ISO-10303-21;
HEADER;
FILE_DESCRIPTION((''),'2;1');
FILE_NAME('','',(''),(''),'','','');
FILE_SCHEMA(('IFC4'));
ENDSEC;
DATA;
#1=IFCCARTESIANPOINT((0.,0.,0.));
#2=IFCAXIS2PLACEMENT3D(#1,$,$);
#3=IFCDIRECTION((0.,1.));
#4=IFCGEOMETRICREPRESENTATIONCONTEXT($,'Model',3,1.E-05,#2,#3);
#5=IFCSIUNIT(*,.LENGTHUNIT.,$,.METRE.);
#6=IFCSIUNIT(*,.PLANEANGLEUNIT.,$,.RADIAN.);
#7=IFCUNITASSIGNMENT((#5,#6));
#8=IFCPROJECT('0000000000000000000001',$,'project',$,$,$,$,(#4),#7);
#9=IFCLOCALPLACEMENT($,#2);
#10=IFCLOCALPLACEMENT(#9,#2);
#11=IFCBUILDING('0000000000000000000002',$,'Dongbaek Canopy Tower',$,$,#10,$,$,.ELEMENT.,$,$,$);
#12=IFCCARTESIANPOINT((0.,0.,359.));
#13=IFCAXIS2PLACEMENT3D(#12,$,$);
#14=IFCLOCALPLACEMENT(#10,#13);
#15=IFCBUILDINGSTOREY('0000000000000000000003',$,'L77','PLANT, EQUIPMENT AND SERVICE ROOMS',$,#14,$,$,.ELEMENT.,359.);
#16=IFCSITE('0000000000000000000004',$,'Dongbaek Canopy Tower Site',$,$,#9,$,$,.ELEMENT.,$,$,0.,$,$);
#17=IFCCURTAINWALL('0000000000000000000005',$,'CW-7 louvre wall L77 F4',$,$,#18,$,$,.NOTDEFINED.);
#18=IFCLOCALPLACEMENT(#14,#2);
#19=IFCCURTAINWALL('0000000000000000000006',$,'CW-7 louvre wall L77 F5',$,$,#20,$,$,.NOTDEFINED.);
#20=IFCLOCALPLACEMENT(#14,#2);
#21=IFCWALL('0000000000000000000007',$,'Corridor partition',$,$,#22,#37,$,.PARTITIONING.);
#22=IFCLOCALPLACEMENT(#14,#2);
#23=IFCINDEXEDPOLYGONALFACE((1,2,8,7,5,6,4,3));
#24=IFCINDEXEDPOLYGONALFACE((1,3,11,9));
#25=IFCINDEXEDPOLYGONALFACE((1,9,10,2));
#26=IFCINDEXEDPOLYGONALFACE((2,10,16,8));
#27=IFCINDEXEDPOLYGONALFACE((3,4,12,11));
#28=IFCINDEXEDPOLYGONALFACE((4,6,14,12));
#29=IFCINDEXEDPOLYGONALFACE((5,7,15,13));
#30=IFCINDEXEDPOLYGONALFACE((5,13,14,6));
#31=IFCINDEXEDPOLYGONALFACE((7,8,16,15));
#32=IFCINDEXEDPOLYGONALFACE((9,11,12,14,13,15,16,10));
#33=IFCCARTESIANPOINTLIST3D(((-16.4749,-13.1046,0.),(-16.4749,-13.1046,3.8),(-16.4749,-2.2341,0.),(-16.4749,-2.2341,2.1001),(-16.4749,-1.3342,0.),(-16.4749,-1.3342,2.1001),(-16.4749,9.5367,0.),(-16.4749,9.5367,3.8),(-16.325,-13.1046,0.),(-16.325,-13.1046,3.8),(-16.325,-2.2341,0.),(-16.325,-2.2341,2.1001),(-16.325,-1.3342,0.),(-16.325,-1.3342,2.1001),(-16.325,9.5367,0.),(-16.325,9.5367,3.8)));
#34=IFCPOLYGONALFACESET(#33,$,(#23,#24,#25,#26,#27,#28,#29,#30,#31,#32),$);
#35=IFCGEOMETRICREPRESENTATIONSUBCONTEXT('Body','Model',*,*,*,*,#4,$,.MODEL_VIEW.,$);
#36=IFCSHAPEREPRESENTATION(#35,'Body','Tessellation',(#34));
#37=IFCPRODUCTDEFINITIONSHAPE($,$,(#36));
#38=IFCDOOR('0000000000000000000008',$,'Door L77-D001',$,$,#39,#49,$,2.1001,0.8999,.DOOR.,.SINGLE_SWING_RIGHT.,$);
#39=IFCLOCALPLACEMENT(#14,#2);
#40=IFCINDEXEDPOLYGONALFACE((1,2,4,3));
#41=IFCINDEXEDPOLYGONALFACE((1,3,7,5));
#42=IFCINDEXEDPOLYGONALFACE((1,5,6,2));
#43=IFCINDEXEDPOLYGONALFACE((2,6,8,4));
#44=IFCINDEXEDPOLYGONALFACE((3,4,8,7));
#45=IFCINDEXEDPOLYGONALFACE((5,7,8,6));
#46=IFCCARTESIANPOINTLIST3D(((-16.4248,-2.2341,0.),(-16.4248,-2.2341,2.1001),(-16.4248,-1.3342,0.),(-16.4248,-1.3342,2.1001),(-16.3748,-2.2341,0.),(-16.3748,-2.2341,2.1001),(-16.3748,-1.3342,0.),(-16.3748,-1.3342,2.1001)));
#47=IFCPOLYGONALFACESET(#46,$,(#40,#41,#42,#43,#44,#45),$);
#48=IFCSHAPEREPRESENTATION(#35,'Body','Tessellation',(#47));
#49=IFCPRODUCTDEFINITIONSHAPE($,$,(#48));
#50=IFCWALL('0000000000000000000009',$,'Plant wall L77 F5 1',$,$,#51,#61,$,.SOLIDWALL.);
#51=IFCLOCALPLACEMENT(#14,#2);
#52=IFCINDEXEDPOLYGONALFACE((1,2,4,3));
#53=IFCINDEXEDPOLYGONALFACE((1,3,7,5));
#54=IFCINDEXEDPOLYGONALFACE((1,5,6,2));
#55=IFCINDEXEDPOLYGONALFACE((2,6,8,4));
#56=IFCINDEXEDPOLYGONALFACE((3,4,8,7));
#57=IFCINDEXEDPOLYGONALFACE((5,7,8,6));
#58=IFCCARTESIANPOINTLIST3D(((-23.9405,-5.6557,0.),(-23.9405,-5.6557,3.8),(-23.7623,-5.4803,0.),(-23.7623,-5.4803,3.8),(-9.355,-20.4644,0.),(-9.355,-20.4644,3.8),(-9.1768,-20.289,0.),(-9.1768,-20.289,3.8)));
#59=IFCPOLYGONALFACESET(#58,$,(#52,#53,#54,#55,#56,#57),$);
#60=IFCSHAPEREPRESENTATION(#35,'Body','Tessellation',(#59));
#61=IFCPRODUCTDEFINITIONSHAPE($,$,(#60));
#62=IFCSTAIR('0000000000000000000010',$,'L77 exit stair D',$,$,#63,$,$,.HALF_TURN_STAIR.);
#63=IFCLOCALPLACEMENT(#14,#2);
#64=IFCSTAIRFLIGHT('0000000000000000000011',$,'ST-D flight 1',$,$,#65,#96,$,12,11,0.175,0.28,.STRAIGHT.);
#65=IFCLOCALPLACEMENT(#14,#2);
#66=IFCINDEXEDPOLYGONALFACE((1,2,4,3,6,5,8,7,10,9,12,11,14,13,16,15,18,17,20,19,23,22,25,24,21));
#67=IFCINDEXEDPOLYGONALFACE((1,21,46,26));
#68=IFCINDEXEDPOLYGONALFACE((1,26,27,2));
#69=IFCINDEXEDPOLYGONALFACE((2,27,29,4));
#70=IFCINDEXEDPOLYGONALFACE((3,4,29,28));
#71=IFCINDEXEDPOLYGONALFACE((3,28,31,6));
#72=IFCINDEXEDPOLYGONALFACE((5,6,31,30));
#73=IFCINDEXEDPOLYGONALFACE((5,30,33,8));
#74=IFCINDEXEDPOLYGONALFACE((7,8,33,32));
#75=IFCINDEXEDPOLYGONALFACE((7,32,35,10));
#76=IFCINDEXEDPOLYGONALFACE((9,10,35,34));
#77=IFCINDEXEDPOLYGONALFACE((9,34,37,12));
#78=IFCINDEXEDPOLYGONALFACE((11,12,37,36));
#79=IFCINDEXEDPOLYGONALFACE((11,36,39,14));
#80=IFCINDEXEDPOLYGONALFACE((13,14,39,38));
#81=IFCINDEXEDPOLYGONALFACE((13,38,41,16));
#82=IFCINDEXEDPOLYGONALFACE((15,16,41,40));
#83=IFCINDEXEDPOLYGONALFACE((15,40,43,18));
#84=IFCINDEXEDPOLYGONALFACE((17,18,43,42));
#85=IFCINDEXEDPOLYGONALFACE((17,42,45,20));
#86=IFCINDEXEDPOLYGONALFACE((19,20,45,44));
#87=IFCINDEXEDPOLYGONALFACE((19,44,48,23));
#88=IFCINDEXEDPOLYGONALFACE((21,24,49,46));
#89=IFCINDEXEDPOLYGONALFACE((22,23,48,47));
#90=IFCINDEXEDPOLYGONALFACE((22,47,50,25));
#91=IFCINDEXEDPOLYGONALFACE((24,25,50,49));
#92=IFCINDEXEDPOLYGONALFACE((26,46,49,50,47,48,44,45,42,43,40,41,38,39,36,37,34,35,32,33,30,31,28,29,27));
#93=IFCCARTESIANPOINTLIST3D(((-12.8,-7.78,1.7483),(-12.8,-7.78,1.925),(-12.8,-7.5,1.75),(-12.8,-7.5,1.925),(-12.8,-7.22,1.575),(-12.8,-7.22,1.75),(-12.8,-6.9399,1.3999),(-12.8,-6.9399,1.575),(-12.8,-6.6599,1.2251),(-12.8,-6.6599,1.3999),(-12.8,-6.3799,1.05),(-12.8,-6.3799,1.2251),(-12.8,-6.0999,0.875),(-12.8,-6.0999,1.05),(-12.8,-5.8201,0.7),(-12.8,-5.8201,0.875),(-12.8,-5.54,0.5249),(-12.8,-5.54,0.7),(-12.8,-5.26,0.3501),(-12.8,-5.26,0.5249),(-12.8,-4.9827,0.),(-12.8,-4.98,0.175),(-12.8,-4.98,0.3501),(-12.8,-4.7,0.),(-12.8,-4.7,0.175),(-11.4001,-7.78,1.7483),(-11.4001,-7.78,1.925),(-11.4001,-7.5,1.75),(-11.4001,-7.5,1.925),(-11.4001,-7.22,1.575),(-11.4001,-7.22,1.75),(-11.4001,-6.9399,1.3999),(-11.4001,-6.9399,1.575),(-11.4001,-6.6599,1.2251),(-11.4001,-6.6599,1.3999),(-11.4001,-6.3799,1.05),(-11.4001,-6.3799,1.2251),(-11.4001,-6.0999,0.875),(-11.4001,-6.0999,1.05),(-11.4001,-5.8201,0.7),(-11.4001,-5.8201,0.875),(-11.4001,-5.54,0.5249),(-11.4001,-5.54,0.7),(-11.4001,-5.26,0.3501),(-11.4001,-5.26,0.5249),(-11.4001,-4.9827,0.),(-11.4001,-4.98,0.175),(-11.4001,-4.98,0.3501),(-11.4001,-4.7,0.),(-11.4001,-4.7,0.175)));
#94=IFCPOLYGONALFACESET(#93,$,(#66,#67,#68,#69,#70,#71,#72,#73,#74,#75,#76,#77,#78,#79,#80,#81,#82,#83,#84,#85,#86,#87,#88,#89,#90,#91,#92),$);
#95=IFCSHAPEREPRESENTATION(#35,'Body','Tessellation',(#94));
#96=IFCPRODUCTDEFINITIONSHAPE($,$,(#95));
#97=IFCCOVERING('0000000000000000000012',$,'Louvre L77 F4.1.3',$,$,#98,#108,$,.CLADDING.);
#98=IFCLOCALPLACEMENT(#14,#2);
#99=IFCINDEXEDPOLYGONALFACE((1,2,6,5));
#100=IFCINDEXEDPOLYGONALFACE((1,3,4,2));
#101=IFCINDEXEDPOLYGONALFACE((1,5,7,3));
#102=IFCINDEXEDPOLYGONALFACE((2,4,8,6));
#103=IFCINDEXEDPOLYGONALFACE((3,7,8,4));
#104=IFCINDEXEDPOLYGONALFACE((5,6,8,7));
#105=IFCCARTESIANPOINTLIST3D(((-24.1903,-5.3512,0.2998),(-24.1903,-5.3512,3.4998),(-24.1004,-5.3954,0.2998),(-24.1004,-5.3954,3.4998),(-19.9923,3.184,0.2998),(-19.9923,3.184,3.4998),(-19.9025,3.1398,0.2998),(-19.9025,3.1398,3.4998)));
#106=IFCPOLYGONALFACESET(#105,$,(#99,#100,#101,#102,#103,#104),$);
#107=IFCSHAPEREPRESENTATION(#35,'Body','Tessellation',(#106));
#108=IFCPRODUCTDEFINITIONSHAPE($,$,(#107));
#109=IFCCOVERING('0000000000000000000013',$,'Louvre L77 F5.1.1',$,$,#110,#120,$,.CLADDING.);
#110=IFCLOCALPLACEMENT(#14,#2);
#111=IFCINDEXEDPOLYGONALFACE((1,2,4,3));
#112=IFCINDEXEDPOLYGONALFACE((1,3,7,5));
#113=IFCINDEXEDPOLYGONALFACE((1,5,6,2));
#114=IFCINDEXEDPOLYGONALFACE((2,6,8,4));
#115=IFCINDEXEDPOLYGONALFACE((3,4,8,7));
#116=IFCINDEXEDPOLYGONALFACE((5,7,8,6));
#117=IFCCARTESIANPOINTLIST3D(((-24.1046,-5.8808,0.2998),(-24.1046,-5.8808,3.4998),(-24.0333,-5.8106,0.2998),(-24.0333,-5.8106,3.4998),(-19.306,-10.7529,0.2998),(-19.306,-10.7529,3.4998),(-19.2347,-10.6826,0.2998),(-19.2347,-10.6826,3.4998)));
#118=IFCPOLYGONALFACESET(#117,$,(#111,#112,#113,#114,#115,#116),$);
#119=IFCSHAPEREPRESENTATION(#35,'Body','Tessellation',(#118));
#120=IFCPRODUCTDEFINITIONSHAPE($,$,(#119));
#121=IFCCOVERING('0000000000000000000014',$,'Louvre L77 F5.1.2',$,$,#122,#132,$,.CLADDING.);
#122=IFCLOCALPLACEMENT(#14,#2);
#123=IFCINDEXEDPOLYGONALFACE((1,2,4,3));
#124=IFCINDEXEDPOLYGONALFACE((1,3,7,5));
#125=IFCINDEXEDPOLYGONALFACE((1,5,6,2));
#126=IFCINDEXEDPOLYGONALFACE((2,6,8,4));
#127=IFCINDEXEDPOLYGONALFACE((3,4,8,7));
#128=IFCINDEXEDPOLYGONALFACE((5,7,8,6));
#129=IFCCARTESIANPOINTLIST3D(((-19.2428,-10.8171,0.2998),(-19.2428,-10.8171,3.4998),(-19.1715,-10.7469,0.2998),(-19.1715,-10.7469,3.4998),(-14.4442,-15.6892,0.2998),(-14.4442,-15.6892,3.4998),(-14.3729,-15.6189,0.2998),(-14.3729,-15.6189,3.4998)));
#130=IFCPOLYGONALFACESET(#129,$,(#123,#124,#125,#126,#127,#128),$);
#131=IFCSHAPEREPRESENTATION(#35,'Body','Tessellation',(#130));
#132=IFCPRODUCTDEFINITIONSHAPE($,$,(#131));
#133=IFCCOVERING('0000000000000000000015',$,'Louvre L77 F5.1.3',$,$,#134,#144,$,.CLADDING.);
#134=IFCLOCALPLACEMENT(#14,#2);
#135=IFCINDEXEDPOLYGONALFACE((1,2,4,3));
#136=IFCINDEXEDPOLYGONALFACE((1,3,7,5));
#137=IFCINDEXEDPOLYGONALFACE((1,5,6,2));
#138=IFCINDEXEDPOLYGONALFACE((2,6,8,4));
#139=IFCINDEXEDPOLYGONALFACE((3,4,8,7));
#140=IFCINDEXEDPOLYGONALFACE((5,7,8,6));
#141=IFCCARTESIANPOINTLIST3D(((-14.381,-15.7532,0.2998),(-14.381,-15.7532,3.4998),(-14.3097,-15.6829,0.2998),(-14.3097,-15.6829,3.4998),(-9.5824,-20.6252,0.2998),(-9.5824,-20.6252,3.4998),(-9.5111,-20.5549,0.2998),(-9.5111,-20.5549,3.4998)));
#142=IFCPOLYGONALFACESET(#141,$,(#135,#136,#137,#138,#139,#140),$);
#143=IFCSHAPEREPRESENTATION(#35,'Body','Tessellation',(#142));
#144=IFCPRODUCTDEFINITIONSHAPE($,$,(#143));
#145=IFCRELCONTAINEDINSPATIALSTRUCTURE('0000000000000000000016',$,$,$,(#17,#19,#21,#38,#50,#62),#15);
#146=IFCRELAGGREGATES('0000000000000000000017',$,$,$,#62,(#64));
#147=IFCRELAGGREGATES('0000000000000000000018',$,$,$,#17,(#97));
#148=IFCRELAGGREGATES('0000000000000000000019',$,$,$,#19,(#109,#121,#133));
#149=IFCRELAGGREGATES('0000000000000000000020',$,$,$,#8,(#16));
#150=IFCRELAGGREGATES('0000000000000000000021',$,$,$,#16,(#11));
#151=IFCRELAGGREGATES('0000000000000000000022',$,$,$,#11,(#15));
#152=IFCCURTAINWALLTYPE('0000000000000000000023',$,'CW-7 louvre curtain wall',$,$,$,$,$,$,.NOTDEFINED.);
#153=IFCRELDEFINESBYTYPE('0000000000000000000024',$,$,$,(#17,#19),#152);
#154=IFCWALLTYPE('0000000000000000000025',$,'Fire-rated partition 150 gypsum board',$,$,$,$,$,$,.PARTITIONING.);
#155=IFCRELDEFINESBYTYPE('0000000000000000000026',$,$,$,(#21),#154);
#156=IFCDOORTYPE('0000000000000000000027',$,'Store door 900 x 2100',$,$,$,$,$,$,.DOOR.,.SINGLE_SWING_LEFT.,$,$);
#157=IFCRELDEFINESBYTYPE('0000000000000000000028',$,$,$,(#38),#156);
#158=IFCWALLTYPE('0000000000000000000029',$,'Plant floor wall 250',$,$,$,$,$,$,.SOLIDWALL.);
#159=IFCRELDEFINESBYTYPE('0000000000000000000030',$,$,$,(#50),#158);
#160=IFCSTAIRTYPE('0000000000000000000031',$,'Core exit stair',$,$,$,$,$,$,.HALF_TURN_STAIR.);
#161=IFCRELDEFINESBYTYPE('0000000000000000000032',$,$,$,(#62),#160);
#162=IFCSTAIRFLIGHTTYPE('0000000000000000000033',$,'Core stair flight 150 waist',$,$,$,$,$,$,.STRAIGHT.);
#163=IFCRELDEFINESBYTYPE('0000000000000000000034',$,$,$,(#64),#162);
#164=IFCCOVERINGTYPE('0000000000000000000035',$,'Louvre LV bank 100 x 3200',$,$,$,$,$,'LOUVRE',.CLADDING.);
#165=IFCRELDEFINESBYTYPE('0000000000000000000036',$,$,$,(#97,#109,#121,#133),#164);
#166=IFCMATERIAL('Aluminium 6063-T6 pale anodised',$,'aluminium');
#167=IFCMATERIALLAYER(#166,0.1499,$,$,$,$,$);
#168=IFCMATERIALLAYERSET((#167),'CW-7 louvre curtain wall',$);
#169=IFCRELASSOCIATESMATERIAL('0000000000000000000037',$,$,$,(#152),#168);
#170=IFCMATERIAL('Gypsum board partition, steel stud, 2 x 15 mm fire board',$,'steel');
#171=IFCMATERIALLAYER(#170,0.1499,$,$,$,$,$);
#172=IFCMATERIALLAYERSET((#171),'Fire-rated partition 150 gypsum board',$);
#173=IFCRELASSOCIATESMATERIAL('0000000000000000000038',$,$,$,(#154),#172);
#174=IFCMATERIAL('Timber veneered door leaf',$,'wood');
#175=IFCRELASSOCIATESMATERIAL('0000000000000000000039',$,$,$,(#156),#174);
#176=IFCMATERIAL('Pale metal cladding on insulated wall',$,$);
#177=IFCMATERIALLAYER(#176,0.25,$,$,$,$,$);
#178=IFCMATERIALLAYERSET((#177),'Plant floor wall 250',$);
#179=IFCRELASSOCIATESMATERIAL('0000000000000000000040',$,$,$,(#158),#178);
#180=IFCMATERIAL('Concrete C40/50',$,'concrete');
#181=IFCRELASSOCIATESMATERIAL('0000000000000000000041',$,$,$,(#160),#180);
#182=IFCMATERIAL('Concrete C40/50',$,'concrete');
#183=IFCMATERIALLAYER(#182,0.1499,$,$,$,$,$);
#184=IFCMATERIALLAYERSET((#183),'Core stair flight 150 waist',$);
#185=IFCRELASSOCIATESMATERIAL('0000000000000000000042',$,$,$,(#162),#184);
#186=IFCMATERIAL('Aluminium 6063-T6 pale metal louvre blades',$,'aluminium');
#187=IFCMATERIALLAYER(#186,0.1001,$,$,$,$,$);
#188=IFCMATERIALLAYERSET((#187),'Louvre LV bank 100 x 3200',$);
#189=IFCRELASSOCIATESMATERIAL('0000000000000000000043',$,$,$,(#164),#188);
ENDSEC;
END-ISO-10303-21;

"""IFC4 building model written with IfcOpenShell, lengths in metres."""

from ifc_helpers import new_model, si_unit, direction, frame, frame_2d, origin, origin_2d, place, context, subcontext, project, spatial, polyline, rectangle, outline, extrude, material, layer, layer_set, type_object, element, fill, aggregate, save


model = new_model("IFC4")

# Units and contexts
model_context = context("Model", 3, precision=1e-05, world=origin(), true_north=direction((0.0, 1.0)))
body_context = subcontext(model_context, "Body", "Model", "MODEL_VIEW")
ifc_project = project(units=[si_unit("LENGTHUNIT", "METRE"), si_unit("PLANEANGLEUNIT", "RADIAN")], contexts=[model_context])

# Site, building, storey
site_placement = place(None, origin())
site = spatial("IfcSite", under=ifc_project, at=site_placement, Name="Dongbaek Canopy Tower Site", CompositionType="ELEMENT", RefElevation=0.0)
building_placement = place(site_placement, origin())
building = spatial("IfcBuilding", under=site, at=building_placement, Name="Dongbaek Canopy Tower", CompositionType="ELEMENT")
storey_placement = place(building_placement, frame((0.0, 0.0, 359.0)))
storey = spatial("IfcBuildingStorey", under=building, at=storey_placement, Name="L77", Description="PLANT, EQUIPMENT AND SERVICE ROOMS", CompositionType="ELEMENT", Elevation=359.0)

# Curtain wall
ifc_material_1 = material(Name="Aluminium 6063-T6 pale anodised", Category="aluminium")
ifc_layer_1 = layer(ifc_material_1, 0.1499)
ifc_layer_set_1 = layer_set([ifc_layer_1], Name="CW-7 louvre curtain wall")
curtain_wall_type = type_object("IfcCurtainWallType", Name="CW-7 louvre curtain wall", PredefinedType="NOTDEFINED", material=ifc_layer_set_1)
curtain_wall_1_placement = place(storey_placement, origin())
curtain_wall_1 = element("IfcCurtainWall", 1, at=curtain_wall_1_placement, inside=storey, type_object=curtain_wall_type, Name="CW-7 louvre wall L77 F4", PredefinedType="NOTDEFINED")

# Curtain wall
curtain_wall_2_placement = place(storey_placement, origin())
curtain_wall_2 = element("IfcCurtainWall", 2, at=curtain_wall_2_placement, inside=storey, type_object=curtain_wall_type, Name="CW-7 louvre wall L77 F5", PredefinedType="NOTDEFINED")

# Wall, opening, door
ifc_material_2 = material(Name="Gypsum board partition, steel stud, 2 x 15 mm fire board", Category="steel")
ifc_layer_2 = layer(ifc_material_2, 0.1499)
ifc_layer_set_2 = layer_set([ifc_layer_2], Name="Fire-rated partition 150 gypsum board")
wall_type_1 = type_object("IfcWallType", Name="Fire-rated partition 150 gypsum board", PredefinedType="PARTITIONING", material=ifc_layer_set_2)
wall_1_placement = place(storey_placement, frame((-16.3999, -13.1047, 0.0), z_axis=(0.0, 0.0, 1.0), x_axis=(0.0, 1.0, 0.0)))
wall_1 = element("IfcWall", 3, at=wall_1_placement, inside=storey, type_object=wall_type_1, Name="Corridor partition", PredefinedType="PARTITIONING", context=body_context, shape_type="SweptSolid", body=[
    extrude(rectangle(XDim=22.6414, YDim=0.1499, at=frame_2d((11.3208, 0.0))), origin(), (0.0, 0.0, 1.0), 3.8),
])
opening_placement = place(wall_1_placement, frame((10.8706, 0.0, 0.0)))
opening = element("IfcOpeningElement", 4, at=opening_placement, cuts=wall_1, PredefinedType="OPENING", context=body_context, shape_type="SweptSolid", body=[
    extrude(rectangle(XDim=0.8999, YDim=2.1001, at=frame_2d((0.45, 1.05))), frame((0.0, 0.085, 0.0), z_axis=(0.0, -1.0, 0.0), x_axis=(1.0, 0.0, 0.0)), (0.0, 0.0, 1.0), 0.1699),
])
ifc_material_3 = material(Name="Timber veneered door leaf", Category="wood")
door_type = type_object("IfcDoorType", Name="Store door 900 x 2100", OperationType="SINGLE_SWING_LEFT", PredefinedType="DOOR", material=ifc_material_3)
door_placement = place(opening_placement, origin())
door = element("IfcDoor", 5, at=door_placement, inside=storey, type_object=door_type, Name="Door L77-D001", OperationType="SINGLE_SWING_RIGHT", OverallHeight=2.1001, OverallWidth=0.8999, PredefinedType="DOOR", context=body_context, shape_type="SweptSolid", body=[
    extrude(rectangle(XDim=0.8999, YDim=2.1001, at=frame_2d((0.45, 1.05))), frame((0.0, 0.0249, 0.0), z_axis=(0.0, -1.0, 0.0), x_axis=(1.0, 0.0, 0.0)), (0.0, 0.0, 1.0), 0.05),
])
fill(opening, door)

# Wall
ifc_material_4 = material(Name="Pale metal cladding on insulated wall")
ifc_layer_3 = layer(ifc_material_4, 0.25)
ifc_layer_set_3 = layer_set([ifc_layer_3], Name="Plant floor wall 250")
wall_type_2 = type_object("IfcWallType", Name="Plant floor wall 250", PredefinedType="SOLIDWALL", material=ifc_layer_set_3)
wall_2_placement = place(storey_placement, frame((-23.8513, -5.5681, 0.0), z_axis=(0.0, 0.0, 1.0), x_axis=(0.701719, -0.712454, 0.0)))
element("IfcWall", 6, at=wall_2_placement, inside=storey, type_object=wall_type_2, Name="Plant wall L77 F5 1", PredefinedType="SOLIDWALL", context=body_context, shape_type="SweptSolid", body=[
    extrude(rectangle(XDim=20.7854, YDim=0.25, at=frame_2d((10.3926, 0.0))), origin(), (0.0, 0.0, 1.0), 3.8),
])

# Stair, stair flight
ifc_material_5 = material(Name="Concrete C40/50", Category="concrete")
stair_type = type_object("IfcStairType", Name="Core exit stair", PredefinedType="HALF_TURN_STAIR", material=ifc_material_5)
stair_placement = place(storey_placement, origin())
stair = element("IfcStair", 7, at=stair_placement, inside=storey, type_object=stair_type, Name="L77 exit stair D", PredefinedType="HALF_TURN_STAIR")
ifc_material_6 = material(Name="Concrete C40/50", Category="concrete")
ifc_layer_4 = layer(ifc_material_6, 0.1499)
ifc_layer_set_4 = layer_set([ifc_layer_4], Name="Core stair flight 150 waist")
stair_flight_type = type_object("IfcStairFlightType", Name="Core stair flight 150 waist", PredefinedType="STRAIGHT", material=ifc_layer_set_4)
stair_flight_placement = place(storey_placement, frame((-12.1001, -4.7, 0.0), z_axis=(0.0, 0.0, 1.0), x_axis=(0.0, -1.0, 0.0)))
stair_flight = element("IfcStairFlight", 8, at=stair_flight_placement, type_object=stair_flight_type, Name="ST-D flight 1", NumberOfRisers=12, NumberOfTreads=11, PredefinedType="STRAIGHT", RiserHeight=0.175, TreadLength=0.28, context=body_context, shape_type="SweptSolid", body=[
    extrude(outline(polyline([(0.0, 0.0), (0.0, 0.175), (0.28, 0.175), (0.28, 0.3501), (0.5601, 0.3501), (0.5601, 0.5249), (0.8401, 0.5249), (0.8401, 0.7), (1.1201, 0.7), (1.1201, 0.875), (1.3999, 0.875), (1.3999, 1.05), (1.6799, 1.05), (1.6799, 1.2251), (1.96, 1.2251), (1.96, 1.3999), (2.24, 1.3999), (2.24, 1.575), (2.52, 1.575), (2.52, 1.75), (2.8, 1.75), (2.8, 1.925), (3.0801, 1.925), (3.0801, 2.1001), (3.0801, 1.7483), (0.2827, 0.0), (0.0, 0.0)])), frame((0.0, 0.7, 0.0), z_axis=(0.0, -1.0, 0.0), x_axis=(1.0, 0.0, 0.0)), (0.0, 0.0, 1.0), 1.3999),
])
aggregate(stair, [stair_flight])

# Coverings
ifc_material_7 = material(Name="Aluminium 6063-T6 pale metal louvre blades", Category="aluminium")
ifc_layer_5 = layer(ifc_material_7, 0.1001)
ifc_layer_set_5 = layer_set([ifc_layer_5], Name="Louvre LV bank 100 x 3200")
covering_type = type_object("IfcCoveringType", Name="Louvre LV bank 100 x 3200", ElementType="LOUVRE", PredefinedType="CLADDING", material=ifc_layer_set_5)
covering_1_placement = place(storey_placement, frame((-22.0464, -1.1057, 0.2998), z_axis=(0.0, 0.0, 1.0), x_axis=(-0.441342, -0.897339, 0.0)))
covering_1 = element("IfcCovering", 9, at=covering_1_placement, type_object=covering_type, Name="Louvre L77 F4.1.3", PredefinedType="CLADDING", context=body_context, shape_type="SweptSolid", body=[
    extrude(rectangle(XDim=9.5117, YDim=0.1001, at=origin_2d()), origin(), (0.0, 0.0, 1.0), 3.2),
])
covering_2_placement = place(storey_placement, frame((-21.6697, -8.2817, 0.2998), z_axis=(0.0, 0.0, 1.0), x_axis=(0.701718, -0.712455, 0.0)))
covering_2 = element("IfcCovering", 10, at=covering_2_placement, type_object=covering_type, Name="Louvre L77 F5.1.1", PredefinedType="CLADDING", context=body_context, shape_type="SweptSolid", body=[
    extrude(rectangle(XDim=6.8384, YDim=0.1001, at=origin_2d()), origin(), (0.0, 0.0, 1.0), 3.2),
])
covering_3_placement = place(storey_placement, frame((-16.8079, -13.218, 0.2998), z_axis=(0.0, 0.0, 1.0), x_axis=(0.701718, -0.712455, 0.0)))
covering_3 = element("IfcCovering", 11, at=covering_3_placement, type_object=covering_type, Name="Louvre L77 F5.1.2", PredefinedType="CLADDING", context=body_context, shape_type="SweptSolid", body=[
    extrude(rectangle(XDim=6.8384, YDim=0.1001, at=origin_2d()), origin(), (0.0, 0.0, 1.0), 3.2),
])
covering_4_placement = place(storey_placement, frame((-11.946, -18.1541, 0.2998), z_axis=(0.0, 0.0, 1.0), x_axis=(0.701718, -0.712455, 0.0)))
covering_4 = element("IfcCovering", 12, at=covering_4_placement, type_object=covering_type, Name="Louvre L77 F5.1.3", PredefinedType="CLADDING", context=body_context, shape_type="SweptSolid", body=[
    extrude(rectangle(XDim=6.8384, YDim=0.1001, at=origin_2d()), origin(), (0.0, 0.0, 1.0), 3.2),
])

aggregate(curtain_wall_1, [covering_1])
aggregate(curtain_wall_2, [covering_2, covering_3, covering_4])

save(model, "model.ifc")
